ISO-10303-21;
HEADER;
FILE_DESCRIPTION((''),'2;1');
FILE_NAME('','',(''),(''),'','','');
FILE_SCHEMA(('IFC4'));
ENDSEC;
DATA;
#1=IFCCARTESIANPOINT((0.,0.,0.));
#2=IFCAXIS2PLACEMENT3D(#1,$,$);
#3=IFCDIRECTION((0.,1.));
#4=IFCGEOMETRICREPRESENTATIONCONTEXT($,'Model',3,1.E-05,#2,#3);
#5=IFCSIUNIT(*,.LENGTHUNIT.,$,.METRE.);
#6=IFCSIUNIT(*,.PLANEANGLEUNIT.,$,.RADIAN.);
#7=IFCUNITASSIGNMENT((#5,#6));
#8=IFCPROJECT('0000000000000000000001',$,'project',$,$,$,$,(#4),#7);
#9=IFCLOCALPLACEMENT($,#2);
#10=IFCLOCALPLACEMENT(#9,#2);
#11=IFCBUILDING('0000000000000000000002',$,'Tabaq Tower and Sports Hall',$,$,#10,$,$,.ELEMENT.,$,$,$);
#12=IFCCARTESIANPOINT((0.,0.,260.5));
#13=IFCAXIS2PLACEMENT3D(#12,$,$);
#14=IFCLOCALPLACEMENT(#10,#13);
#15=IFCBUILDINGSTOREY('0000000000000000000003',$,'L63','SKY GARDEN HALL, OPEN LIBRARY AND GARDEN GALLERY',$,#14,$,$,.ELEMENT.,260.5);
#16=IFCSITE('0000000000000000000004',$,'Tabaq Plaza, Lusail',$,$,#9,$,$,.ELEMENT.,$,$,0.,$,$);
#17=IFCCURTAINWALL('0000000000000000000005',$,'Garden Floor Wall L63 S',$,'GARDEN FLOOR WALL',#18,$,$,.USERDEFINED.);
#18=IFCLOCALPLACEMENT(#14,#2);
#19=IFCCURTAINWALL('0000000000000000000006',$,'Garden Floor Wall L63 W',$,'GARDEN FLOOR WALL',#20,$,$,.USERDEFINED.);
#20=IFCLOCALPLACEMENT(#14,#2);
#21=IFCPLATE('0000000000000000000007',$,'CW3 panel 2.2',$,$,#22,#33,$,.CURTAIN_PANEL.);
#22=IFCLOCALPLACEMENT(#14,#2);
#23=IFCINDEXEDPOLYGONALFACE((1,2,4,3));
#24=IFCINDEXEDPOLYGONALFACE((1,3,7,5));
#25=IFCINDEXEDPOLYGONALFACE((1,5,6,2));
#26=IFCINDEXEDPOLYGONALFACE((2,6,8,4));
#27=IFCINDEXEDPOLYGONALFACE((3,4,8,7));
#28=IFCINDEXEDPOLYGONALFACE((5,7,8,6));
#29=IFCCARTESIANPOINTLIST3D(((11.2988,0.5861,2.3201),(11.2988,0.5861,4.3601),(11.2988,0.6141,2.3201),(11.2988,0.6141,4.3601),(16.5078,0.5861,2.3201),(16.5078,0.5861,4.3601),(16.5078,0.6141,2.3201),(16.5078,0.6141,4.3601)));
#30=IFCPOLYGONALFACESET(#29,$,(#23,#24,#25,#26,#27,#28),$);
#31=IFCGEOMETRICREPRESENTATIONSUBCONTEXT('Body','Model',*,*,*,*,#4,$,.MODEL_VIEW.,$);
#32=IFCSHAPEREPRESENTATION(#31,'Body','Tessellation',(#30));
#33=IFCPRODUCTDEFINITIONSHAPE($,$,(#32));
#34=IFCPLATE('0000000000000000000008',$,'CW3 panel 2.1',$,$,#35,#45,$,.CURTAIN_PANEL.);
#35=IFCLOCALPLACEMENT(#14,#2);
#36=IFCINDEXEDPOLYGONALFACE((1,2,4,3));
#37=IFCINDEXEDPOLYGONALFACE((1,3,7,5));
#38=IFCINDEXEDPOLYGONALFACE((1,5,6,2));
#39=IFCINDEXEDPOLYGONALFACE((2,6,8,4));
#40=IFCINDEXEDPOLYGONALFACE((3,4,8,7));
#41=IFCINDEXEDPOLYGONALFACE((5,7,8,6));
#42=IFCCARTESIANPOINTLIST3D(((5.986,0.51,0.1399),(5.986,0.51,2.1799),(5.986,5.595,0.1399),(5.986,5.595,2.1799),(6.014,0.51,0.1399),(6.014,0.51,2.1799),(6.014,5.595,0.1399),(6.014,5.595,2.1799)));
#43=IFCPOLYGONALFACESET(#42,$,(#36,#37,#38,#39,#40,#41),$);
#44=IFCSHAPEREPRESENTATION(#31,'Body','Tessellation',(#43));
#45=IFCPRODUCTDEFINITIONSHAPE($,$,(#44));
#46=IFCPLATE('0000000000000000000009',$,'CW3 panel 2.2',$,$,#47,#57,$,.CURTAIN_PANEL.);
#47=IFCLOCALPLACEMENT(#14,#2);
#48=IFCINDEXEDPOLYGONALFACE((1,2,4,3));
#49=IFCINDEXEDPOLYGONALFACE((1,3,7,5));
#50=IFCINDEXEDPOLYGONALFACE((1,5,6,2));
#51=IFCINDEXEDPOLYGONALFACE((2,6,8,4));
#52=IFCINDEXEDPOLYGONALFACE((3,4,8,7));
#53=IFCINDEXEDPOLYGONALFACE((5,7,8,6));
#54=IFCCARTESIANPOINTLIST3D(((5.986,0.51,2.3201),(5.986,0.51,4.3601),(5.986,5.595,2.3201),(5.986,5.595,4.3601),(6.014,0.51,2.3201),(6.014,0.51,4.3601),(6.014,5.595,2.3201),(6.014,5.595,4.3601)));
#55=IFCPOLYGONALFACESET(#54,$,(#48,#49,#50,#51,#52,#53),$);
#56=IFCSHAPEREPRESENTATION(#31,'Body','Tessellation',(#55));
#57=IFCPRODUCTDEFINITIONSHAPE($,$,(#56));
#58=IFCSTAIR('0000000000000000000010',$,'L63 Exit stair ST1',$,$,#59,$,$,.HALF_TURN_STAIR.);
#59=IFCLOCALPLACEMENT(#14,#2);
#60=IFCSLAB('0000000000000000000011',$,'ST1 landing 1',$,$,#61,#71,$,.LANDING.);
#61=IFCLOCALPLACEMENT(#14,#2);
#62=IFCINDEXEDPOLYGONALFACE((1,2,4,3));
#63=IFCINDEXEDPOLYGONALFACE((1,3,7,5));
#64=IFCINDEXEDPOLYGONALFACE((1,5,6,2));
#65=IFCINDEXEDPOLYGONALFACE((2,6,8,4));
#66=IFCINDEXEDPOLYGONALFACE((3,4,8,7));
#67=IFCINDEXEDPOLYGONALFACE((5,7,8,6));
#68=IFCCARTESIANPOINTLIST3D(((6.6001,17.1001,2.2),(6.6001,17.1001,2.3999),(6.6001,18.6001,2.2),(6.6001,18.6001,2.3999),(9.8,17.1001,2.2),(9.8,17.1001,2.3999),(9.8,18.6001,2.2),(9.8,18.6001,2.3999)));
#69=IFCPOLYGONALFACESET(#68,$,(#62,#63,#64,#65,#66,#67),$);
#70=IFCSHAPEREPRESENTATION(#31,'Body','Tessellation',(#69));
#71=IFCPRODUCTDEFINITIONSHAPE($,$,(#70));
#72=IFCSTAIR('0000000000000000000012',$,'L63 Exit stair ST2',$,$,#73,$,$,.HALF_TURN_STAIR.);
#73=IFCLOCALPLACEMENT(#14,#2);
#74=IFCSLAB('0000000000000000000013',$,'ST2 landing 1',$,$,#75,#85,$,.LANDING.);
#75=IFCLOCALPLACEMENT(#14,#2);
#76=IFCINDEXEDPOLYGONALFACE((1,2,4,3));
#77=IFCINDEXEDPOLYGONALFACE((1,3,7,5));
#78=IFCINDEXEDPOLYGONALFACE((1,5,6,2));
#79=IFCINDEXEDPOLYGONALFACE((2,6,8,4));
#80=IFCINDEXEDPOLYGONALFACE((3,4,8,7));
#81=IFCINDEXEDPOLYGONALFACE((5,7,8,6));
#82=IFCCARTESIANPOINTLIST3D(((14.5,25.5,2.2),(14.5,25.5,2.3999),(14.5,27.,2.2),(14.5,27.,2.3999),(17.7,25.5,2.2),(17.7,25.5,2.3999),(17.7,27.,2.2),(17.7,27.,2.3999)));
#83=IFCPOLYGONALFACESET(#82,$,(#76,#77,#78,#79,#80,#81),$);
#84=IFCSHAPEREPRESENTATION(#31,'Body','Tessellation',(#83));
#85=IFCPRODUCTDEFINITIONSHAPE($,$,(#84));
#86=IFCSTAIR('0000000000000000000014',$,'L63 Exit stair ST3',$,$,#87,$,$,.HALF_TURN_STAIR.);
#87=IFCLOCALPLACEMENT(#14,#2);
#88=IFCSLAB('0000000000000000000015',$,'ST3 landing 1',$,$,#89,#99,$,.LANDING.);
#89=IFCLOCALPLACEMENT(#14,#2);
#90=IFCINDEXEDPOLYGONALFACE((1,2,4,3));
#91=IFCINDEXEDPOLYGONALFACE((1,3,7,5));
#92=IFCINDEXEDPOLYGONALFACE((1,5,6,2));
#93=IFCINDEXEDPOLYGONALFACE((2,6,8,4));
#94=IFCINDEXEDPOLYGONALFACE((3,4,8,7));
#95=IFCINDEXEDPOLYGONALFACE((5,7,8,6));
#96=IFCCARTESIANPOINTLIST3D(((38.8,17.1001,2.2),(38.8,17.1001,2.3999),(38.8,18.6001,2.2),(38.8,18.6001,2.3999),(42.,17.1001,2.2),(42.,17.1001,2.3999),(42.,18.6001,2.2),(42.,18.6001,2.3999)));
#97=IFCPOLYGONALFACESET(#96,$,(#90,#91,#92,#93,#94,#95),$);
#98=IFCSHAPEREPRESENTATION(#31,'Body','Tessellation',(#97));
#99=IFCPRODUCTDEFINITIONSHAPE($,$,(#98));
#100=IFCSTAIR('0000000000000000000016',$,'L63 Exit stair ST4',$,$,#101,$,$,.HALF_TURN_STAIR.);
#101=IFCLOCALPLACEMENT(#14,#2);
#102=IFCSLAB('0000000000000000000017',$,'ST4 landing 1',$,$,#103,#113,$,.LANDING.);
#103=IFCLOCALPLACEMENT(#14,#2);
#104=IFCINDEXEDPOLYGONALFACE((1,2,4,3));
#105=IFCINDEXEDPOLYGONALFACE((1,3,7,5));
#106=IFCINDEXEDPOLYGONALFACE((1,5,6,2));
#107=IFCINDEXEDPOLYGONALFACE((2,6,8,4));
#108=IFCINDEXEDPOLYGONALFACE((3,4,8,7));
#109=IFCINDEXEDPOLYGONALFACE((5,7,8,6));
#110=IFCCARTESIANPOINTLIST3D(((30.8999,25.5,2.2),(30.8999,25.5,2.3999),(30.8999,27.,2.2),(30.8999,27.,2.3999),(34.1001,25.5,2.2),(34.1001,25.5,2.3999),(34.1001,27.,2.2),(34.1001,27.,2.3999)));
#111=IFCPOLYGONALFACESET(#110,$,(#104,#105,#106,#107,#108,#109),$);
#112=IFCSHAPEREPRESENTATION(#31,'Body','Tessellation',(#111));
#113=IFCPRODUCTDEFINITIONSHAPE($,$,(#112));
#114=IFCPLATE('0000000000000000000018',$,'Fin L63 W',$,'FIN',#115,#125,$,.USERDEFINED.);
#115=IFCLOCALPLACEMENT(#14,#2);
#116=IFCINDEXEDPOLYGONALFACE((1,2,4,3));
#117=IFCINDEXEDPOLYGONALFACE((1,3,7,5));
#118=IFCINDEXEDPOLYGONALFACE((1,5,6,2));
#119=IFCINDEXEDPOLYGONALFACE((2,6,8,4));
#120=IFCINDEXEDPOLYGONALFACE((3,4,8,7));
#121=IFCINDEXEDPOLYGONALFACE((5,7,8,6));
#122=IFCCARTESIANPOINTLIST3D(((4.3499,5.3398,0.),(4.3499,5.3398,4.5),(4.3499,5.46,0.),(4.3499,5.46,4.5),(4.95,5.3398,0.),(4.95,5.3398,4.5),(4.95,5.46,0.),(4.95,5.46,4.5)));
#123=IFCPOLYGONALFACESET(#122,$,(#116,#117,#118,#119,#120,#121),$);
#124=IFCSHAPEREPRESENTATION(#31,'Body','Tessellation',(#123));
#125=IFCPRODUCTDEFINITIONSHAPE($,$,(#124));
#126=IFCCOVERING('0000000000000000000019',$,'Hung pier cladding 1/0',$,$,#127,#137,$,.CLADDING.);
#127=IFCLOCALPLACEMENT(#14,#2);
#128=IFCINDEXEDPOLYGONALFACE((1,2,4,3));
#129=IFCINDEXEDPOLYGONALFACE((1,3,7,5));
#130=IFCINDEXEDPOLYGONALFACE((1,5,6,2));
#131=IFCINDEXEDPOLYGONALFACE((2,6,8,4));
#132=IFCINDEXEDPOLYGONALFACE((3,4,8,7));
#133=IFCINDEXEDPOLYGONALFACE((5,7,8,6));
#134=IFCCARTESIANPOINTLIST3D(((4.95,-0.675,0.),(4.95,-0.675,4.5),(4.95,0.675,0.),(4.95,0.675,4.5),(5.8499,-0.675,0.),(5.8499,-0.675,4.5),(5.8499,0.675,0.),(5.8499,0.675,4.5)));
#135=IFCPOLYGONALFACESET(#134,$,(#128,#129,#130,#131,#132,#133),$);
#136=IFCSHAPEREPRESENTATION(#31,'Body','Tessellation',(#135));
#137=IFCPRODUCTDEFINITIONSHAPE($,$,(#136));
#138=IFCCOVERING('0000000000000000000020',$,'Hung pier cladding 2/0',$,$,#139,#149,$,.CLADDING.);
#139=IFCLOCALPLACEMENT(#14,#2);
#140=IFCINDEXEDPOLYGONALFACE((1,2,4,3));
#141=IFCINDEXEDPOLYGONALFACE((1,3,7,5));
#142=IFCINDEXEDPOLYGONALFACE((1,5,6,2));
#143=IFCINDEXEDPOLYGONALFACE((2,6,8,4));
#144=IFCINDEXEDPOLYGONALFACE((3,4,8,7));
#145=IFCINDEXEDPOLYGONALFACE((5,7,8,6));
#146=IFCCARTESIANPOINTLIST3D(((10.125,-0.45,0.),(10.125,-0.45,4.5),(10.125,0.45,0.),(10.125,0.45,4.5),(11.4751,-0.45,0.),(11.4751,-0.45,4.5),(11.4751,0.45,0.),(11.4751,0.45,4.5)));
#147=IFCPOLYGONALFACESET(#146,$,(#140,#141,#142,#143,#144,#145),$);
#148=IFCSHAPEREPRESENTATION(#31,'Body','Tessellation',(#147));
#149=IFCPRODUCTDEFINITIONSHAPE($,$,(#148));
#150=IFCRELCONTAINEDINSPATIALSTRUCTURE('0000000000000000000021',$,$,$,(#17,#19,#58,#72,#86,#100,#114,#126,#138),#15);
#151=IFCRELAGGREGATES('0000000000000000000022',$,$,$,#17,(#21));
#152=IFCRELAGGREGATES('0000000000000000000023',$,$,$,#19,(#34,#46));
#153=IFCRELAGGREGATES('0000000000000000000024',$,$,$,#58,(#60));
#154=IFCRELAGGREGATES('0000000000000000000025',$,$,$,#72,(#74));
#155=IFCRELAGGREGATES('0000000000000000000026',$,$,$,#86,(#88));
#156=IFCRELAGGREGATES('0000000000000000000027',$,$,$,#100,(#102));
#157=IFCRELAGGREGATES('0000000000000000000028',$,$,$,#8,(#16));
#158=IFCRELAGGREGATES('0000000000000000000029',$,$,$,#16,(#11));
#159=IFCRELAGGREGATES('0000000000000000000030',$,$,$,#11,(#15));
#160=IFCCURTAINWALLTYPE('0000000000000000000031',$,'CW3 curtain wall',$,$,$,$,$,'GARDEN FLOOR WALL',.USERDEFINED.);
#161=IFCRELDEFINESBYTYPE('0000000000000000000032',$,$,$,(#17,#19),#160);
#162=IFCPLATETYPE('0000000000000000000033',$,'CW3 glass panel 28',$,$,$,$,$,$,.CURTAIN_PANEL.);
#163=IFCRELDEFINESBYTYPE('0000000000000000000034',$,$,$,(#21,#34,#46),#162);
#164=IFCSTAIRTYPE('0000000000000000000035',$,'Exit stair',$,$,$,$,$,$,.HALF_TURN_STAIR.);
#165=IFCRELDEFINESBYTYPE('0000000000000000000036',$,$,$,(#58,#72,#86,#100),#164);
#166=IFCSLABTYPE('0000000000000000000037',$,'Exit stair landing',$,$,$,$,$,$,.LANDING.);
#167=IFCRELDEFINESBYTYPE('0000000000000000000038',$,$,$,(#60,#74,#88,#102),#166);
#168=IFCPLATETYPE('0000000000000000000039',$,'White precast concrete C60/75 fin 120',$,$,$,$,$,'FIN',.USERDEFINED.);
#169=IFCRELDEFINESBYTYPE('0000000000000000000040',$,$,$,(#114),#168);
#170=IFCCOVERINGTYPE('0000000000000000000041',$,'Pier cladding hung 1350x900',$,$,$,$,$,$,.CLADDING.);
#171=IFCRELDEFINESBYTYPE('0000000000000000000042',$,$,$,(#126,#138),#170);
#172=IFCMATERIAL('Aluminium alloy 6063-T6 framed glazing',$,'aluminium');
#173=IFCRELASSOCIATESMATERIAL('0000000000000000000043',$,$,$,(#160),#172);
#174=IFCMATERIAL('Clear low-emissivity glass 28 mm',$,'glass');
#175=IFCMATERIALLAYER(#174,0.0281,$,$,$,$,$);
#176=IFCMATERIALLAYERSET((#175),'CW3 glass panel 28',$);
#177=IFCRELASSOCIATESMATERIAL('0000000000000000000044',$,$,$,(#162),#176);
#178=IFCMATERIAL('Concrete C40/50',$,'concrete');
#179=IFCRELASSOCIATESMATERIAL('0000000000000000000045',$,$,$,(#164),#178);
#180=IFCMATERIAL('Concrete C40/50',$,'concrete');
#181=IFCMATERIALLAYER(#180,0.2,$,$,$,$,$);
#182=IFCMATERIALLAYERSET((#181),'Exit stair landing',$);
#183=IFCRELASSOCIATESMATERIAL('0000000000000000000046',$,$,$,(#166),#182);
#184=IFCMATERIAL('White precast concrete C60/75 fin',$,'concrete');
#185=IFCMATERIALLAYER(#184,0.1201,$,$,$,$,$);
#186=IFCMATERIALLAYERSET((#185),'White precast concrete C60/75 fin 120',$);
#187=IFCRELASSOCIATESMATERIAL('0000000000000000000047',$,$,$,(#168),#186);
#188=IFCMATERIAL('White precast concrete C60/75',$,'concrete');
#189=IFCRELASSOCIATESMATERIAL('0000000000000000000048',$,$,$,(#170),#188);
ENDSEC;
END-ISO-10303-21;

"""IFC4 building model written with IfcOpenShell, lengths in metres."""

from ifc_helpers import new_model, si_unit, direction, frame, frame_2d, origin, origin_2d, place, context, subcontext, project, spatial, polyline, rectangle, outline, extrude, material, layer, layer_set, type_object, element, aggregate, save


model = new_model("IFC4")

# Units and contexts
model_context = context("Model", 3, precision=1e-05, world=origin(), true_north=direction((0.0, 1.0)))
body_context = subcontext(model_context, "Body", "Model", "MODEL_VIEW")
ifc_project = project(units=[si_unit("LENGTHUNIT", "METRE"), si_unit("PLANEANGLEUNIT", "RADIAN")], contexts=[model_context])

# Site, building, storey
site_placement = place(None, origin())
site = spatial("IfcSite", under=ifc_project, at=site_placement, Name="Tabaq Plaza, Lusail", CompositionType="ELEMENT", RefElevation=0.0)
building_placement = place(site_placement, origin())
building = spatial("IfcBuilding", under=site, at=building_placement, Name="Tabaq Tower and Sports Hall", CompositionType="ELEMENT")
storey_placement = place(building_placement, frame((0.0, 0.0, 260.5)))
storey = spatial("IfcBuildingStorey", under=building, at=storey_placement, Name="L63", Description="SKY GARDEN HALL, OPEN LIBRARY AND GARDEN GALLERY", CompositionType="ELEMENT", Elevation=260.5)

# Curtain wall
ifc_material_1 = material(Name="Aluminium alloy 6063-T6 framed glazing", Category="aluminium")
curtain_wall_type = type_object("IfcCurtainWallType", Name="CW3 curtain wall", ElementType="GARDEN FLOOR WALL", PredefinedType="USERDEFINED", material=ifc_material_1)
curtain_wall_1_placement = place(storey_placement, origin())
curtain_wall_1 = element("IfcCurtainWall", 1, at=curtain_wall_1_placement, inside=storey, type_object=curtain_wall_type, Name="Garden Floor Wall L63 S", ObjectType="GARDEN FLOOR WALL", PredefinedType="USERDEFINED")

# Curtain wall
curtain_wall_2_placement = place(storey_placement, origin())
curtain_wall_2 = element("IfcCurtainWall", 2, at=curtain_wall_2_placement, inside=storey, type_object=curtain_wall_type, Name="Garden Floor Wall L63 W", ObjectType="GARDEN FLOOR WALL", PredefinedType="USERDEFINED")

# Plates
ifc_material_2 = material(Name="Clear low-emissivity glass 28 mm", Category="glass")
ifc_layer_1 = layer(ifc_material_2, 0.0281)
ifc_layer_set_1 = layer_set([ifc_layer_1], Name="CW3 glass panel 28")
plate_type_1 = type_object("IfcPlateType", Name="CW3 glass panel 28", PredefinedType="CURTAIN_PANEL", material=ifc_layer_set_1)
plate_1_placement = place(storey_placement, frame((13.9033, 0.6001, 2.3201), z_axis=(0.0, 0.0, 1.0), x_axis=(1.0, 0.0, 0.0)))
plate_1 = element("IfcPlate", 3, at=plate_1_placement, type_object=plate_type_1, Name="CW3 panel 2.2", PredefinedType="CURTAIN_PANEL", context=body_context, shape_type="SweptSolid", body=[
    extrude(rectangle(XDim=5.209, YDim=0.0281, at=origin_2d()), origin(), (0.0, 0.0, 1.0), 2.04),
])
aggregate(curtain_wall_1, [plate_1])
plate_2_placement = place(storey_placement, frame((6.0, 3.0525, 0.1399), z_axis=(0.0, 0.0, 1.0), x_axis=(0.0, -1.0, 0.0)))
plate_2 = element("IfcPlate", 4, at=plate_2_placement, type_object=plate_type_1, Name="CW3 panel 2.1", PredefinedType="CURTAIN_PANEL", context=body_context, shape_type="SweptSolid", body=[
    extrude(rectangle(XDim=5.085, YDim=0.0281, at=origin_2d()), origin(), (0.0, 0.0, 1.0), 2.04),
])
plate_3_placement = place(storey_placement, frame((6.0, 3.0525, 2.3201), z_axis=(0.0, 0.0, 1.0), x_axis=(0.0, -1.0, 0.0)))
plate_3 = element("IfcPlate", 5, at=plate_3_placement, type_object=plate_type_1, Name="CW3 panel 2.2", PredefinedType="CURTAIN_PANEL", context=body_context, shape_type="SweptSolid", body=[
    extrude(rectangle(XDim=5.085, YDim=0.0281, at=origin_2d()), origin(), (0.0, 0.0, 1.0), 2.04),
])
aggregate(curtain_wall_2, [plate_2, plate_3])

# Stairs, slabs
ifc_material_3 = material(Name="Concrete C40/50", Category="concrete")
stair_type = type_object("IfcStairType", Name="Exit stair", PredefinedType="HALF_TURN_STAIR", material=ifc_material_3)
stair_1_placement = place(storey_placement, origin())
stair_1 = element("IfcStair", 6, at=stair_1_placement, inside=storey, type_object=stair_type, Name="L63 Exit stair ST1", PredefinedType="HALF_TURN_STAIR")
ifc_material_4 = material(Name="Concrete C40/50", Category="concrete")
ifc_layer_2 = layer(ifc_material_4, 0.2)
ifc_layer_set_2 = layer_set([ifc_layer_2], Name="Exit stair landing")
slab_type = type_object("IfcSlabType", Name="Exit stair landing", PredefinedType="LANDING", material=ifc_layer_set_2)
slab_1_placement = place(storey_placement, frame((0.0, 0.0, 2.2)))
slab_1 = element("IfcSlab", 7, at=slab_1_placement, type_object=slab_type, Name="ST1 landing 1", PredefinedType="LANDING", context=body_context, shape_type="SweptSolid", body=[
    extrude(outline(polyline([(6.6001, 18.6001), (6.6001, 17.1001), (9.8, 17.1001), (9.8, 18.6001), (6.6001, 18.6001)])), origin(), (0.0, 0.0, 1.0), 0.2),
])
aggregate(stair_1, [slab_1])
stair_2_placement = place(storey_placement, origin())
stair_2 = element("IfcStair", 8, at=stair_2_placement, inside=storey, type_object=stair_type, Name="L63 Exit stair ST2", PredefinedType="HALF_TURN_STAIR")
slab_2_placement = place(storey_placement, frame((0.0, 0.0, 2.2)))
slab_2 = element("IfcSlab", 9, at=slab_2_placement, type_object=slab_type, Name="ST2 landing 1", PredefinedType="LANDING", context=body_context, shape_type="SweptSolid", body=[
    extrude(outline(polyline([(14.5, 27.0), (14.5, 25.5), (17.7, 25.5), (17.7, 27.0), (14.5, 27.0)])), origin(), (0.0, 0.0, 1.0), 0.2),
])
aggregate(stair_2, [slab_2])
stair_3_placement = place(storey_placement, origin())
stair_3 = element("IfcStair", 10, at=stair_3_placement, inside=storey, type_object=stair_type, Name="L63 Exit stair ST3", PredefinedType="HALF_TURN_STAIR")
slab_3_placement = place(storey_placement, frame((0.0, 0.0, 2.2)))
slab_3 = element("IfcSlab", 11, at=slab_3_placement, type_object=slab_type, Name="ST3 landing 1", PredefinedType="LANDING", context=body_context, shape_type="SweptSolid", body=[
    extrude(outline(polyline([(38.8, 18.6001), (38.8, 17.1001), (42.0, 17.1001), (42.0, 18.6001), (38.8, 18.6001)])), origin(), (0.0, 0.0, 1.0), 0.2),
])
aggregate(stair_3, [slab_3])
stair_4_placement = place(storey_placement, origin())
stair_4 = element("IfcStair", 12, at=stair_4_placement, inside=storey, type_object=stair_type, Name="L63 Exit stair ST4", PredefinedType="HALF_TURN_STAIR")
slab_4_placement = place(storey_placement, frame((0.0, 0.0, 2.2)))
slab_4 = element("IfcSlab", 13, at=slab_4_placement, type_object=slab_type, Name="ST4 landing 1", PredefinedType="LANDING", context=body_context, shape_type="SweptSolid", body=[
    extrude(outline(polyline([(30.8999, 27.0), (30.8999, 25.5), (34.1001, 25.5), (34.1001, 27.0), (30.8999, 27.0)])), origin(), (0.0, 0.0, 1.0), 0.2),
])
aggregate(stair_4, [slab_4])

# Plate
ifc_material_5 = material(Name="White precast concrete C60/75 fin", Category="concrete")
ifc_layer_3 = layer(ifc_material_5, 0.1201)
ifc_layer_set_3 = layer_set([ifc_layer_3], Name="White precast concrete C60/75 fin 120")
plate_type_2 = type_object("IfcPlateType", Name="White precast concrete C60/75 fin 120", ElementType="FIN", PredefinedType="USERDEFINED", material=ifc_layer_set_3)
plate_4_placement = place(storey_placement, frame((4.6499, 5.3999, 0.0), z_axis=(0.0, 0.0, 1.0), x_axis=(0.0, -1.0, 0.0)))
element("IfcPlate", 14, at=plate_4_placement, inside=storey, type_object=plate_type_2, Name="Fin L63 W", ObjectType="FIN", PredefinedType="USERDEFINED", context=body_context, shape_type="SweptSolid", body=[
    extrude(rectangle(XDim=0.1201, YDim=0.6001, at=origin_2d()), origin(), (0.0, 0.0, 1.0), 4.5),
])

# Coverings
ifc_material_6 = material(Name="White precast concrete C60/75", Category="concrete")
covering_type = type_object("IfcCoveringType", Name="Pier cladding hung 1350x900", PredefinedType="CLADDING", material=ifc_material_6)
for number, where, z_axis, x_axis, name in (
    (15, (5.3999, 0.675, 0.0), (0.0, 0.0, 1.0), (0.0, -1.0, 0.0), "Hung pier cladding 1/0"),
    (16, (10.125, 0.0, 0.0), (0.0, 0.0, 1.0), (1.0, 0.0, 0.0), "Hung pier cladding 2/0"),
):
    element("IfcCovering", number, at=place(storey_placement, frame(where, z_axis=z_axis, x_axis=x_axis)), inside=storey, type_object=covering_type, Name=name, PredefinedType="CLADDING", context=body_context, shape_type="SweptSolid", body=[
        extrude(rectangle(XDim=1.3501, YDim=0.8999, at=frame_2d((0.675, 0.0))), origin(), (0.0, 0.0, 1.0), 4.5),
    ])

save(model, "model.ifc")
